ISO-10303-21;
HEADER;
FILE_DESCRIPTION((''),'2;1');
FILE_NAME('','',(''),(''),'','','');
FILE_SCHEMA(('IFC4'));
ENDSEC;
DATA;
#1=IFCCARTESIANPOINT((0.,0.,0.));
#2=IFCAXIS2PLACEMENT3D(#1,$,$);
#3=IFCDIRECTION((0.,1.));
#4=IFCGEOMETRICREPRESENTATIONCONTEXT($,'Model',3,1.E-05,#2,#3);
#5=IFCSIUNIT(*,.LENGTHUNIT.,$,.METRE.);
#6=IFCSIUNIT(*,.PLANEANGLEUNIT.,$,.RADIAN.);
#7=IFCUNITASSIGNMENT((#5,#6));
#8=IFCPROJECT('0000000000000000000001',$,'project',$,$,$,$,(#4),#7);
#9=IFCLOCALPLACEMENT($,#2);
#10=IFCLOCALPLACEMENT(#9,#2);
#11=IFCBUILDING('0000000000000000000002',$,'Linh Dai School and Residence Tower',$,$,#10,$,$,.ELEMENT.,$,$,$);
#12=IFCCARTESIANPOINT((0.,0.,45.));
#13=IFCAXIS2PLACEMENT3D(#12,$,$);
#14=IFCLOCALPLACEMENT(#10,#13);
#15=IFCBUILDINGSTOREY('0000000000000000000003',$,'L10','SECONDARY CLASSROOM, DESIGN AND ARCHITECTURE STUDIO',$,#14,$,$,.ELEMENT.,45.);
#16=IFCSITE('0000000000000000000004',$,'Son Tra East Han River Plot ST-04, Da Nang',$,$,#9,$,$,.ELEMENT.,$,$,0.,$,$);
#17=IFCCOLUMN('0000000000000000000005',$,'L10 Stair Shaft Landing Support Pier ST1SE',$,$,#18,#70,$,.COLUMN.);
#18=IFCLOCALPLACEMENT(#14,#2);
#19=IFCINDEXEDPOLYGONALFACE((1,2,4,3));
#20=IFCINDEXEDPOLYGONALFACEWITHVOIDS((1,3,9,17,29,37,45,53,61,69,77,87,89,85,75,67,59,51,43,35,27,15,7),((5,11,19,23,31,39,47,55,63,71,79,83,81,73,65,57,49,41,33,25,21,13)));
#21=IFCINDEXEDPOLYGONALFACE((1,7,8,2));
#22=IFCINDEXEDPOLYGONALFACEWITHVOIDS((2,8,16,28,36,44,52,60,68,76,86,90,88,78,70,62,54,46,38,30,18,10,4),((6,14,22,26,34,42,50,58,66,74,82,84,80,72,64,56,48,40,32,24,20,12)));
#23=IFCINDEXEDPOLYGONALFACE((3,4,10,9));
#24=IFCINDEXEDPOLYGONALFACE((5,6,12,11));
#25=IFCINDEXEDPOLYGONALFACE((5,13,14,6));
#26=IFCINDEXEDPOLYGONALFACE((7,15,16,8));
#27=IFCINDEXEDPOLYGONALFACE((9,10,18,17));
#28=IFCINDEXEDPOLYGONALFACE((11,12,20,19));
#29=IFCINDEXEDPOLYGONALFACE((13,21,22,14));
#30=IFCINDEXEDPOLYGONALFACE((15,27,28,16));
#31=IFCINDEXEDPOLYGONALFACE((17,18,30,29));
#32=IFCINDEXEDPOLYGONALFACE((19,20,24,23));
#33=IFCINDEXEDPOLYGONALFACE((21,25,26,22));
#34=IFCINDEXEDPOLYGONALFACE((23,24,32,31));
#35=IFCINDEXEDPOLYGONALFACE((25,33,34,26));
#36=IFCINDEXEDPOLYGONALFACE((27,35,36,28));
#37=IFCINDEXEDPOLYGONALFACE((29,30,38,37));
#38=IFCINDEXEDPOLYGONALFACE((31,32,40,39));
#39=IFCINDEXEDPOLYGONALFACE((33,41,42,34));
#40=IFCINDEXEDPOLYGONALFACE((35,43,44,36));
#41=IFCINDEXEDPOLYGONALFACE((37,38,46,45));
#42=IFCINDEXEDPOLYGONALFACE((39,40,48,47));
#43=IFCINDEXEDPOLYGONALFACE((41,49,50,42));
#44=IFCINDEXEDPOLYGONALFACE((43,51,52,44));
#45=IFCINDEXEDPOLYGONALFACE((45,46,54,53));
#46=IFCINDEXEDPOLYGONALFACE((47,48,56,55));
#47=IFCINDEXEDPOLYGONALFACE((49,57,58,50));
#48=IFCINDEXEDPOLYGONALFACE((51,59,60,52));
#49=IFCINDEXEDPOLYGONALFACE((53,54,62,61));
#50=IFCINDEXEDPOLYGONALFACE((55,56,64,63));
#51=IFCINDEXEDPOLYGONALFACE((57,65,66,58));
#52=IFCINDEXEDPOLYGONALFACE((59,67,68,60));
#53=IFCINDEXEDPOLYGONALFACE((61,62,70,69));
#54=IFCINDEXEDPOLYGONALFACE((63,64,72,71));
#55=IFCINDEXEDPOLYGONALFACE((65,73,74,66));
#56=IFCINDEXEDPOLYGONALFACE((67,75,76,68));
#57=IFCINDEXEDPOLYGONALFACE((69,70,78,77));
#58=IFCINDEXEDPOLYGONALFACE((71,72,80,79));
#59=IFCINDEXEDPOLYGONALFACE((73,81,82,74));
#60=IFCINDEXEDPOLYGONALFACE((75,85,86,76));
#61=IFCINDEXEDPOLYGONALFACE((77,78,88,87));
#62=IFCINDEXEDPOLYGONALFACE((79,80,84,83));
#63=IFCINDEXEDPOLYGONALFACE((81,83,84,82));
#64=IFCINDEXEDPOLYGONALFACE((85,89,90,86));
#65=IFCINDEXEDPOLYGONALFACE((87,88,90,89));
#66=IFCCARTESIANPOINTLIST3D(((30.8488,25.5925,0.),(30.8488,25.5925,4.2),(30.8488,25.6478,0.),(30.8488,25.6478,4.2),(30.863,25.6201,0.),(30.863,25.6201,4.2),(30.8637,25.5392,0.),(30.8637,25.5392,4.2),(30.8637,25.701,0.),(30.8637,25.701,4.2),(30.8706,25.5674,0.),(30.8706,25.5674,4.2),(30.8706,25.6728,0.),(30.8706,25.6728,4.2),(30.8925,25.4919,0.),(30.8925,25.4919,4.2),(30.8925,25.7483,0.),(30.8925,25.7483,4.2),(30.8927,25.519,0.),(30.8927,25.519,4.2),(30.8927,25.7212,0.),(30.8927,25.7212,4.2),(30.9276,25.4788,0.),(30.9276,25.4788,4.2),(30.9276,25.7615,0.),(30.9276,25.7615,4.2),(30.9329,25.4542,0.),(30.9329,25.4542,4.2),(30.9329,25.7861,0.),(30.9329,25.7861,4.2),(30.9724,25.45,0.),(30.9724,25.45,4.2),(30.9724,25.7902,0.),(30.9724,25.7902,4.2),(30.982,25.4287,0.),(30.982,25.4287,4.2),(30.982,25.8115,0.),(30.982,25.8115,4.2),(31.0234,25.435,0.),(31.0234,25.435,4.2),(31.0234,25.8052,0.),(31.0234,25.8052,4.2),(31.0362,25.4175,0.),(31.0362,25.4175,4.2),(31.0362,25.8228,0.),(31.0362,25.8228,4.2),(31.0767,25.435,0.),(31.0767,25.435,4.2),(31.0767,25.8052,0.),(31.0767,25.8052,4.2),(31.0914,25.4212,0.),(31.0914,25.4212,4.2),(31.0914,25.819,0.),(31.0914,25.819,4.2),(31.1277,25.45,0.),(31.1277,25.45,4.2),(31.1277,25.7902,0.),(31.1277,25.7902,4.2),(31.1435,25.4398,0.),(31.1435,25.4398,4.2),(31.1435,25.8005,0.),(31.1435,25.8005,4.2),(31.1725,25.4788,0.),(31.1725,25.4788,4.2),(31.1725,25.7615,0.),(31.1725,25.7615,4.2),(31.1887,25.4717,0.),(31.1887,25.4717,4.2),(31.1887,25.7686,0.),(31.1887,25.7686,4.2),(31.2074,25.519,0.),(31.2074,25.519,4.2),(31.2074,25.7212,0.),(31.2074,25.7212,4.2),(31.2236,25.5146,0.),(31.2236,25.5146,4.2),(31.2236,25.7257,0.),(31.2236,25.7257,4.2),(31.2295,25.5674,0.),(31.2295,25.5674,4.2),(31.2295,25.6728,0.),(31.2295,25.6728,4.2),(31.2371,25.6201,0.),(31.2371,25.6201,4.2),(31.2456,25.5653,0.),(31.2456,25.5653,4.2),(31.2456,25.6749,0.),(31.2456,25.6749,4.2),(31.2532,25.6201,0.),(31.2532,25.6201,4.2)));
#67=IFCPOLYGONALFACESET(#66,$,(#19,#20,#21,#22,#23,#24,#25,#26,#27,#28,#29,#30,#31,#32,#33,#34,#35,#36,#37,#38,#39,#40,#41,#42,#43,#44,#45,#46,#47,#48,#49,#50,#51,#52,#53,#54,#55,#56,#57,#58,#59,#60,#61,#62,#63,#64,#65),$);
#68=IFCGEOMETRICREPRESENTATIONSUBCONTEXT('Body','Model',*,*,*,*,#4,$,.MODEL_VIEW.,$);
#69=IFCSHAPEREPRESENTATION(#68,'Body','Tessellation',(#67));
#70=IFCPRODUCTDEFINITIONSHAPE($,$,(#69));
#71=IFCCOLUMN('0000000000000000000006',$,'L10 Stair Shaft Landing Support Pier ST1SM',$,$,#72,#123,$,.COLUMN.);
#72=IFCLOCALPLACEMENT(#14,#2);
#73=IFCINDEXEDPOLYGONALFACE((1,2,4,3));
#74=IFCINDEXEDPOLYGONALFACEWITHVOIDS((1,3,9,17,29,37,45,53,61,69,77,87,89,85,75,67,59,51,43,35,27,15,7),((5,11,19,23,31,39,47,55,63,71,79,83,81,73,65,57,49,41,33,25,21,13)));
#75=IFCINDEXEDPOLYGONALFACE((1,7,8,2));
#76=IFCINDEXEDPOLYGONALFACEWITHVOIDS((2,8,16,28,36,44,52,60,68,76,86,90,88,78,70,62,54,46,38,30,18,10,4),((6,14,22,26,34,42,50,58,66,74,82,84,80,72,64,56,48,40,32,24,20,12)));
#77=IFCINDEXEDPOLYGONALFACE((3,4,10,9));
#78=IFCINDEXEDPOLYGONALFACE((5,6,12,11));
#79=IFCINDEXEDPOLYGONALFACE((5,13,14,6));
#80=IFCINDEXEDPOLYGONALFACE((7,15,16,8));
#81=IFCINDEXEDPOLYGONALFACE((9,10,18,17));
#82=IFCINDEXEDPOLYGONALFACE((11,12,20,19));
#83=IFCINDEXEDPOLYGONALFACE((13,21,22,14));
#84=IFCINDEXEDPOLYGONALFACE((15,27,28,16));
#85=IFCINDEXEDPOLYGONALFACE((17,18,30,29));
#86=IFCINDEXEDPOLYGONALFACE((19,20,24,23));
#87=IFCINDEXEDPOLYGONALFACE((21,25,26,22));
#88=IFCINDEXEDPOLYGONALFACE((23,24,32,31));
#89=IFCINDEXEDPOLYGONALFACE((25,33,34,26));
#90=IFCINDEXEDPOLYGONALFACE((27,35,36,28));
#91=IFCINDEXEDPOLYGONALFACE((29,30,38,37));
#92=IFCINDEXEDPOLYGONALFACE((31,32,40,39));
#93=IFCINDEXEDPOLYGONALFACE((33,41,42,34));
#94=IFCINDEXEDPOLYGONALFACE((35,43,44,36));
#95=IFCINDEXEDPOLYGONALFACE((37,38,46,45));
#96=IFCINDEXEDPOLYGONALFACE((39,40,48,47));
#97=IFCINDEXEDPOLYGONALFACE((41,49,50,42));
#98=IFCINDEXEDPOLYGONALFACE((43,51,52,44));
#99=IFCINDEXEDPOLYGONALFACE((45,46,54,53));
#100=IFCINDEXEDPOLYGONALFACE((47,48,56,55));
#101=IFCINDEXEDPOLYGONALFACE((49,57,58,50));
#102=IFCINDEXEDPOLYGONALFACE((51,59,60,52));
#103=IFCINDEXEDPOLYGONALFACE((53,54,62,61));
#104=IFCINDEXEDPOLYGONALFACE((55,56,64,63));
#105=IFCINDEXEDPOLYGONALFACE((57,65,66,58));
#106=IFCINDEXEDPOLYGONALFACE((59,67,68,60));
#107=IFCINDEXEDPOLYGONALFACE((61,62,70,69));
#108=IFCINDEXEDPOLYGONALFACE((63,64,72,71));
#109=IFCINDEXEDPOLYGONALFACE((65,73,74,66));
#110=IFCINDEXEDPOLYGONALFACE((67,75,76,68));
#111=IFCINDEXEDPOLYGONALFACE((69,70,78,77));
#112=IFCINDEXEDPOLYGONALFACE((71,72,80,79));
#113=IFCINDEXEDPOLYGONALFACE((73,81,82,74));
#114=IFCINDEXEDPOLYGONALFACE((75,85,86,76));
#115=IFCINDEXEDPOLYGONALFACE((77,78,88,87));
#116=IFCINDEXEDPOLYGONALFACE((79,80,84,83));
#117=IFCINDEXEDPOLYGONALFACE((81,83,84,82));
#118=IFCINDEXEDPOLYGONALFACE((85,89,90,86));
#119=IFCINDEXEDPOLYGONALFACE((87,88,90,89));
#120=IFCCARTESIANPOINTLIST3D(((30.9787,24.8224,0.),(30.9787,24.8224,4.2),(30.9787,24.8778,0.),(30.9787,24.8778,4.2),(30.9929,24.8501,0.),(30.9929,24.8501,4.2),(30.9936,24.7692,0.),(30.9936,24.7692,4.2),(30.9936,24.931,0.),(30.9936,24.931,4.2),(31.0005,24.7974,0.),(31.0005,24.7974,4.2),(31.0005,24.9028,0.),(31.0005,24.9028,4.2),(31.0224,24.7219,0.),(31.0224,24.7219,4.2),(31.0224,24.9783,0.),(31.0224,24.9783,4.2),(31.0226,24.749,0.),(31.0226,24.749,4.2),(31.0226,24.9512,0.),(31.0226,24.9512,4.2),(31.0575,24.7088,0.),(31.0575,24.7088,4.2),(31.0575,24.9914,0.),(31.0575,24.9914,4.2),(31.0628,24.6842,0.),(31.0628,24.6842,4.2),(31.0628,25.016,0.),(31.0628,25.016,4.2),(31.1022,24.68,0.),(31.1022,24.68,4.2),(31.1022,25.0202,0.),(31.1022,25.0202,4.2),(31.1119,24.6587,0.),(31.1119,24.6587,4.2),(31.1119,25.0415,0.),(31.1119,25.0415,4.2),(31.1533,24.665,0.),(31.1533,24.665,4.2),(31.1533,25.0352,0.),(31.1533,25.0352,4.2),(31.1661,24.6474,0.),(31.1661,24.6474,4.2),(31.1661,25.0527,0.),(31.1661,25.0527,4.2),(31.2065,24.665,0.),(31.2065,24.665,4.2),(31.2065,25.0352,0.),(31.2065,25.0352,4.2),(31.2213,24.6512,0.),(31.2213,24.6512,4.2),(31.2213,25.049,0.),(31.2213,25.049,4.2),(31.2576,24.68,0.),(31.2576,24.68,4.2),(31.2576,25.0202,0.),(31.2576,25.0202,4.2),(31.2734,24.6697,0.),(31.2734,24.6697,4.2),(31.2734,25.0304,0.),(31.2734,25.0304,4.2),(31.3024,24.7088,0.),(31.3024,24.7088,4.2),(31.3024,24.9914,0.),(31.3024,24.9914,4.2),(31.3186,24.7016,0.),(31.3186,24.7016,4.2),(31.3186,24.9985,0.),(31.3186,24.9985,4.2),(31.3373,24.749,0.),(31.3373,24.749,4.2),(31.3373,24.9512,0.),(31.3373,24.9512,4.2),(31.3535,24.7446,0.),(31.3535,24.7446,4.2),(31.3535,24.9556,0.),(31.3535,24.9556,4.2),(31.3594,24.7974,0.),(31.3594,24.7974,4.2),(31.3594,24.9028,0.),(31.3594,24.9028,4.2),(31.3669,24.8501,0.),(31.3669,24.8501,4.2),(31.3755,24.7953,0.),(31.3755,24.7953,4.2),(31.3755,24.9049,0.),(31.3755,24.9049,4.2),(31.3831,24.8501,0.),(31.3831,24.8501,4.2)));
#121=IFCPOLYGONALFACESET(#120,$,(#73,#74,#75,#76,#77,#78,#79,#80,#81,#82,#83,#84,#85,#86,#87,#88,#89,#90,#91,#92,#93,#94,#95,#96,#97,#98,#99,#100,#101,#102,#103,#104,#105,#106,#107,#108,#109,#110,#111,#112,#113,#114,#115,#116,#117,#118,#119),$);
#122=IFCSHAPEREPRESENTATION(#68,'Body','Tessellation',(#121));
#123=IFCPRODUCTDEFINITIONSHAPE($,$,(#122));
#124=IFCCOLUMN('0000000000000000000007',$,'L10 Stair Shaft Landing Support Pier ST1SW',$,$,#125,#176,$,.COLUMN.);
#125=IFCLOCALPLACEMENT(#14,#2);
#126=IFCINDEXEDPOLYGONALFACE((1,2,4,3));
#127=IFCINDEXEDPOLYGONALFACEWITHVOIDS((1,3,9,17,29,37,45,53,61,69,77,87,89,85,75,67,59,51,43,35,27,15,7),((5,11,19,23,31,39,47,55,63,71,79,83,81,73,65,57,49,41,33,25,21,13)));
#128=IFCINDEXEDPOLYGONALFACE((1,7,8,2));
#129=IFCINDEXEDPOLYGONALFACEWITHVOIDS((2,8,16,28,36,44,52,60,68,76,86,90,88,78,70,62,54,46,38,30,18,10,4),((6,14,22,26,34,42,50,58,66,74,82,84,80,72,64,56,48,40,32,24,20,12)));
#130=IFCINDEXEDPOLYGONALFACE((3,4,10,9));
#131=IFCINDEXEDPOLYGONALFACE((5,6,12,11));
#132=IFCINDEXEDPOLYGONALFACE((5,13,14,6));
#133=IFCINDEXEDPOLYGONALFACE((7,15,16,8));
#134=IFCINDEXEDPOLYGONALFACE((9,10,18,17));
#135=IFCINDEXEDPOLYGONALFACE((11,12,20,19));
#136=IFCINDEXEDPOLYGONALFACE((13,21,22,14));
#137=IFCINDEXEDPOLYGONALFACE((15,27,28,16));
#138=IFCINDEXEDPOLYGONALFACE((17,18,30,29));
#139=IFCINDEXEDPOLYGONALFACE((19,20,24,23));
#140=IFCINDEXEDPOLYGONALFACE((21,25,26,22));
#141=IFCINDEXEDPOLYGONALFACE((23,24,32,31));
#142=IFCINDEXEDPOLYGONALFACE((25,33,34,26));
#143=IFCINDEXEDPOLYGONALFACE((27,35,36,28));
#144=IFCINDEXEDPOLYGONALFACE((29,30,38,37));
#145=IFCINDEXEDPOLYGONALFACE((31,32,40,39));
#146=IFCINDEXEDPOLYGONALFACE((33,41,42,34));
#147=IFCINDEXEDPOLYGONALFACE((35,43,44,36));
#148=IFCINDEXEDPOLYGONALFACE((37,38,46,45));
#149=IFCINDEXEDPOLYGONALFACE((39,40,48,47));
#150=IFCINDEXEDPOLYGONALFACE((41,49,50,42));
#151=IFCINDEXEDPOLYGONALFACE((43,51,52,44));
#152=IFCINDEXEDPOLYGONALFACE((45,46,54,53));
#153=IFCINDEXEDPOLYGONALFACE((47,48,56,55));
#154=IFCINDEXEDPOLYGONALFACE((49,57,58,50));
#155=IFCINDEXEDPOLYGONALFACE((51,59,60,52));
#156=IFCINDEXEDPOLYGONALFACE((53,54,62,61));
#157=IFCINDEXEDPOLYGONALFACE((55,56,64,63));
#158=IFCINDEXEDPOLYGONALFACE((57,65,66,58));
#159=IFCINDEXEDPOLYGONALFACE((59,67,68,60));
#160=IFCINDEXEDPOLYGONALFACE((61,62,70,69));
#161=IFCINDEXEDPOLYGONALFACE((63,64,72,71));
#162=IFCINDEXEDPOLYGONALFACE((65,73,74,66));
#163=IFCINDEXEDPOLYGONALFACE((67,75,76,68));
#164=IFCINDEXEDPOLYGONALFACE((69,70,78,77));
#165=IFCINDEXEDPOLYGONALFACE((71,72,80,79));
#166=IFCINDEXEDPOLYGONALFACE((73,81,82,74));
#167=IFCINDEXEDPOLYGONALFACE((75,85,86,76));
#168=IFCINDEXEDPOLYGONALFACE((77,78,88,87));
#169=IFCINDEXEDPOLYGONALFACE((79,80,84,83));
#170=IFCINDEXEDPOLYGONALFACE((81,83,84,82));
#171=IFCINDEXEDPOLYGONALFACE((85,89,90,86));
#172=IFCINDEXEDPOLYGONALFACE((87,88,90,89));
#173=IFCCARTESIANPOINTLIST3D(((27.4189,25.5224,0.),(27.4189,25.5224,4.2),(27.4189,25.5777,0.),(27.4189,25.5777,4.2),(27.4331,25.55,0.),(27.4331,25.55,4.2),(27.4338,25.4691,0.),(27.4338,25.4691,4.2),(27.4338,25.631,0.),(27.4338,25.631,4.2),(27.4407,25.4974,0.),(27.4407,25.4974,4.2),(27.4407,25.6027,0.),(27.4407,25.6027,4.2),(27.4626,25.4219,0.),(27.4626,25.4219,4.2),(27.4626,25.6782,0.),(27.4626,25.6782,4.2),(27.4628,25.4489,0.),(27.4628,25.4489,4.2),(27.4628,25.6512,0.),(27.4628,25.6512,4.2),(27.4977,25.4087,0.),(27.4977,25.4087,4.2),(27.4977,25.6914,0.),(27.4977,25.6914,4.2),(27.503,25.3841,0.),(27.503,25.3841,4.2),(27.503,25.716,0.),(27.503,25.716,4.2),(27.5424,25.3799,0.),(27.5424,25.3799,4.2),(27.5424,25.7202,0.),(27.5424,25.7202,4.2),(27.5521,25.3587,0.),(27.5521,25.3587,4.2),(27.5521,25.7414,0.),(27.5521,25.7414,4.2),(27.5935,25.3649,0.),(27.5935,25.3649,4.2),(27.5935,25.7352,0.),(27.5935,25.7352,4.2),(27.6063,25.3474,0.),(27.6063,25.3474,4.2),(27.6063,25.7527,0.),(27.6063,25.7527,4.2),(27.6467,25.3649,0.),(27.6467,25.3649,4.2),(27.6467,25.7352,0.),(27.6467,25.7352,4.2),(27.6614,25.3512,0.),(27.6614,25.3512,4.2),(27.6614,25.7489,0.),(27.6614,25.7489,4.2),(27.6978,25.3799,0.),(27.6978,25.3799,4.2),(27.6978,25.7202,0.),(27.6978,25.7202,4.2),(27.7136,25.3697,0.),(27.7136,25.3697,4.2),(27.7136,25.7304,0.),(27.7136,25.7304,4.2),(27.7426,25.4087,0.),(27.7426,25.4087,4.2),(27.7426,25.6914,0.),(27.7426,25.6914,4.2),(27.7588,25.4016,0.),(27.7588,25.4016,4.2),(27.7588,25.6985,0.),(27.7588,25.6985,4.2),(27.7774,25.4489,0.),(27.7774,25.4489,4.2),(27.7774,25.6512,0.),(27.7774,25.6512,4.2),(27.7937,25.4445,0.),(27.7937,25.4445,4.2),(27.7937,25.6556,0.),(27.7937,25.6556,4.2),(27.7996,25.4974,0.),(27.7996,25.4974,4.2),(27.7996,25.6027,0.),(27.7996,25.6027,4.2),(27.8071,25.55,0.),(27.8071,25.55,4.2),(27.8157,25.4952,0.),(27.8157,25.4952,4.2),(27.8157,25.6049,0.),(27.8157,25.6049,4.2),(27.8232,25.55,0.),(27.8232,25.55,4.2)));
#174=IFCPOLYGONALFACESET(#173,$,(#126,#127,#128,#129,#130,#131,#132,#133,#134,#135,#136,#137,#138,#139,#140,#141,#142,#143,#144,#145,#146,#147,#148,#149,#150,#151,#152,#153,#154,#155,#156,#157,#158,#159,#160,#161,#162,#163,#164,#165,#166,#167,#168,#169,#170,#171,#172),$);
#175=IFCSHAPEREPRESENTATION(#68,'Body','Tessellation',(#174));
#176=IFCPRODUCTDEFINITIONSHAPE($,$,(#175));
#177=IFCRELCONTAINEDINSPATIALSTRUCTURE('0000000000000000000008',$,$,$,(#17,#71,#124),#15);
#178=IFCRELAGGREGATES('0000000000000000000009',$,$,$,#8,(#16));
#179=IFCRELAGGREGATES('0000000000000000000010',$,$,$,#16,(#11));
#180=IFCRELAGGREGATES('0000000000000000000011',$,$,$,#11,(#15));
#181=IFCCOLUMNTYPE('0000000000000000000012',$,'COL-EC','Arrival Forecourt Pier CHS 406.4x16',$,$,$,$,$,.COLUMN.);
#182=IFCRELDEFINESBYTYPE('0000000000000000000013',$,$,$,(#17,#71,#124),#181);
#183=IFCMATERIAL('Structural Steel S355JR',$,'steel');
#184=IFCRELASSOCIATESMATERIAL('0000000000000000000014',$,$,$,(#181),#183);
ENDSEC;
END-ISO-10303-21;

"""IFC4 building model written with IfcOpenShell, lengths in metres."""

from ifc_helpers import new_model, si_unit, direction, frame, origin, origin_2d, place, context, subcontext, project, spatial, hollow_circle, extrude, material, material_profile, profile_set, type_object, element, save


model = new_model("IFC4")

# Units and contexts
model_context = context("Model", 3, precision=1e-05, world=origin(), true_north=direction((0.0, 1.0)))
body_context = subcontext(model_context, "Body", "Model", "MODEL_VIEW")
ifc_project = project(units=[si_unit("LENGTHUNIT", "METRE"), si_unit("PLANEANGLEUNIT", "RADIAN")], contexts=[model_context])

# Site, building, storey
site_placement = place(None, origin())
site = spatial("IfcSite", under=ifc_project, at=site_placement, Name="Son Tra East Han River Plot ST-04, Da Nang", CompositionType="ELEMENT", RefElevation=0.0)
building_placement = place(site_placement, origin())
building = spatial("IfcBuilding", under=site, at=building_placement, Name="Linh Dai School and Residence Tower", CompositionType="ELEMENT")
storey_placement = place(building_placement, frame((0.0, 0.0, 45.0)))
storey = spatial("IfcBuildingStorey", under=building, at=storey_placement, Name="L10", Description="SECONDARY CLASSROOM, DESIGN AND ARCHITECTURE STUDIO", CompositionType="ELEMENT", Elevation=45.0)

# Columns
ifc_material_1 = material(Name="Structural Steel S355JR", Category="steel")
ifc_material_profile_1 = material_profile(ifc_material_1, hollow_circle(Radius=0.2031, WallThickness=0.0161, at=origin_2d()), Name="CHS 406.4x16")
ifc_profile_set_1 = profile_set([ifc_material_profile_1], Name="Structural Steel S355JR")
column_type = type_object("IfcColumnType", Name="COL-EC", Description="Arrival Forecourt Pier CHS 406.4x16", PredefinedType="COLUMN", material=ifc_profile_set_1)
for number, where, z_axis, x_axis, name in (
    (1, (31.05, 25.6201, 0.0), (0.0, 0.0, 1.0), (1.0, 0.0, 0.0), "L10 Stair Shaft Landing Support Pier ST1SE"),
    (2, (31.1799, 24.8501, 0.0), (0.0, 0.0, 1.0), (1.0, 0.0, 0.0), "L10 Stair Shaft Landing Support Pier ST1SM"),
    (3, (27.6201, 25.55, 0.0), (0.0, 0.0, 1.0), (1.0, 0.0, 0.0), "L10 Stair Shaft Landing Support Pier ST1SW"),
):
    element("IfcColumn", number, at=place(storey_placement, frame(where, z_axis=z_axis, x_axis=x_axis)), inside=storey, type_object=column_type, Name=name, PredefinedType="COLUMN", context=body_context, shape_type="SweptSolid", body=[
        extrude(hollow_circle(Radius=0.2031, WallThickness=0.0161, at=origin_2d()), origin(), (0.0, 0.0, 1.0), 4.2),
    ])

save(model, "model.ifc")
